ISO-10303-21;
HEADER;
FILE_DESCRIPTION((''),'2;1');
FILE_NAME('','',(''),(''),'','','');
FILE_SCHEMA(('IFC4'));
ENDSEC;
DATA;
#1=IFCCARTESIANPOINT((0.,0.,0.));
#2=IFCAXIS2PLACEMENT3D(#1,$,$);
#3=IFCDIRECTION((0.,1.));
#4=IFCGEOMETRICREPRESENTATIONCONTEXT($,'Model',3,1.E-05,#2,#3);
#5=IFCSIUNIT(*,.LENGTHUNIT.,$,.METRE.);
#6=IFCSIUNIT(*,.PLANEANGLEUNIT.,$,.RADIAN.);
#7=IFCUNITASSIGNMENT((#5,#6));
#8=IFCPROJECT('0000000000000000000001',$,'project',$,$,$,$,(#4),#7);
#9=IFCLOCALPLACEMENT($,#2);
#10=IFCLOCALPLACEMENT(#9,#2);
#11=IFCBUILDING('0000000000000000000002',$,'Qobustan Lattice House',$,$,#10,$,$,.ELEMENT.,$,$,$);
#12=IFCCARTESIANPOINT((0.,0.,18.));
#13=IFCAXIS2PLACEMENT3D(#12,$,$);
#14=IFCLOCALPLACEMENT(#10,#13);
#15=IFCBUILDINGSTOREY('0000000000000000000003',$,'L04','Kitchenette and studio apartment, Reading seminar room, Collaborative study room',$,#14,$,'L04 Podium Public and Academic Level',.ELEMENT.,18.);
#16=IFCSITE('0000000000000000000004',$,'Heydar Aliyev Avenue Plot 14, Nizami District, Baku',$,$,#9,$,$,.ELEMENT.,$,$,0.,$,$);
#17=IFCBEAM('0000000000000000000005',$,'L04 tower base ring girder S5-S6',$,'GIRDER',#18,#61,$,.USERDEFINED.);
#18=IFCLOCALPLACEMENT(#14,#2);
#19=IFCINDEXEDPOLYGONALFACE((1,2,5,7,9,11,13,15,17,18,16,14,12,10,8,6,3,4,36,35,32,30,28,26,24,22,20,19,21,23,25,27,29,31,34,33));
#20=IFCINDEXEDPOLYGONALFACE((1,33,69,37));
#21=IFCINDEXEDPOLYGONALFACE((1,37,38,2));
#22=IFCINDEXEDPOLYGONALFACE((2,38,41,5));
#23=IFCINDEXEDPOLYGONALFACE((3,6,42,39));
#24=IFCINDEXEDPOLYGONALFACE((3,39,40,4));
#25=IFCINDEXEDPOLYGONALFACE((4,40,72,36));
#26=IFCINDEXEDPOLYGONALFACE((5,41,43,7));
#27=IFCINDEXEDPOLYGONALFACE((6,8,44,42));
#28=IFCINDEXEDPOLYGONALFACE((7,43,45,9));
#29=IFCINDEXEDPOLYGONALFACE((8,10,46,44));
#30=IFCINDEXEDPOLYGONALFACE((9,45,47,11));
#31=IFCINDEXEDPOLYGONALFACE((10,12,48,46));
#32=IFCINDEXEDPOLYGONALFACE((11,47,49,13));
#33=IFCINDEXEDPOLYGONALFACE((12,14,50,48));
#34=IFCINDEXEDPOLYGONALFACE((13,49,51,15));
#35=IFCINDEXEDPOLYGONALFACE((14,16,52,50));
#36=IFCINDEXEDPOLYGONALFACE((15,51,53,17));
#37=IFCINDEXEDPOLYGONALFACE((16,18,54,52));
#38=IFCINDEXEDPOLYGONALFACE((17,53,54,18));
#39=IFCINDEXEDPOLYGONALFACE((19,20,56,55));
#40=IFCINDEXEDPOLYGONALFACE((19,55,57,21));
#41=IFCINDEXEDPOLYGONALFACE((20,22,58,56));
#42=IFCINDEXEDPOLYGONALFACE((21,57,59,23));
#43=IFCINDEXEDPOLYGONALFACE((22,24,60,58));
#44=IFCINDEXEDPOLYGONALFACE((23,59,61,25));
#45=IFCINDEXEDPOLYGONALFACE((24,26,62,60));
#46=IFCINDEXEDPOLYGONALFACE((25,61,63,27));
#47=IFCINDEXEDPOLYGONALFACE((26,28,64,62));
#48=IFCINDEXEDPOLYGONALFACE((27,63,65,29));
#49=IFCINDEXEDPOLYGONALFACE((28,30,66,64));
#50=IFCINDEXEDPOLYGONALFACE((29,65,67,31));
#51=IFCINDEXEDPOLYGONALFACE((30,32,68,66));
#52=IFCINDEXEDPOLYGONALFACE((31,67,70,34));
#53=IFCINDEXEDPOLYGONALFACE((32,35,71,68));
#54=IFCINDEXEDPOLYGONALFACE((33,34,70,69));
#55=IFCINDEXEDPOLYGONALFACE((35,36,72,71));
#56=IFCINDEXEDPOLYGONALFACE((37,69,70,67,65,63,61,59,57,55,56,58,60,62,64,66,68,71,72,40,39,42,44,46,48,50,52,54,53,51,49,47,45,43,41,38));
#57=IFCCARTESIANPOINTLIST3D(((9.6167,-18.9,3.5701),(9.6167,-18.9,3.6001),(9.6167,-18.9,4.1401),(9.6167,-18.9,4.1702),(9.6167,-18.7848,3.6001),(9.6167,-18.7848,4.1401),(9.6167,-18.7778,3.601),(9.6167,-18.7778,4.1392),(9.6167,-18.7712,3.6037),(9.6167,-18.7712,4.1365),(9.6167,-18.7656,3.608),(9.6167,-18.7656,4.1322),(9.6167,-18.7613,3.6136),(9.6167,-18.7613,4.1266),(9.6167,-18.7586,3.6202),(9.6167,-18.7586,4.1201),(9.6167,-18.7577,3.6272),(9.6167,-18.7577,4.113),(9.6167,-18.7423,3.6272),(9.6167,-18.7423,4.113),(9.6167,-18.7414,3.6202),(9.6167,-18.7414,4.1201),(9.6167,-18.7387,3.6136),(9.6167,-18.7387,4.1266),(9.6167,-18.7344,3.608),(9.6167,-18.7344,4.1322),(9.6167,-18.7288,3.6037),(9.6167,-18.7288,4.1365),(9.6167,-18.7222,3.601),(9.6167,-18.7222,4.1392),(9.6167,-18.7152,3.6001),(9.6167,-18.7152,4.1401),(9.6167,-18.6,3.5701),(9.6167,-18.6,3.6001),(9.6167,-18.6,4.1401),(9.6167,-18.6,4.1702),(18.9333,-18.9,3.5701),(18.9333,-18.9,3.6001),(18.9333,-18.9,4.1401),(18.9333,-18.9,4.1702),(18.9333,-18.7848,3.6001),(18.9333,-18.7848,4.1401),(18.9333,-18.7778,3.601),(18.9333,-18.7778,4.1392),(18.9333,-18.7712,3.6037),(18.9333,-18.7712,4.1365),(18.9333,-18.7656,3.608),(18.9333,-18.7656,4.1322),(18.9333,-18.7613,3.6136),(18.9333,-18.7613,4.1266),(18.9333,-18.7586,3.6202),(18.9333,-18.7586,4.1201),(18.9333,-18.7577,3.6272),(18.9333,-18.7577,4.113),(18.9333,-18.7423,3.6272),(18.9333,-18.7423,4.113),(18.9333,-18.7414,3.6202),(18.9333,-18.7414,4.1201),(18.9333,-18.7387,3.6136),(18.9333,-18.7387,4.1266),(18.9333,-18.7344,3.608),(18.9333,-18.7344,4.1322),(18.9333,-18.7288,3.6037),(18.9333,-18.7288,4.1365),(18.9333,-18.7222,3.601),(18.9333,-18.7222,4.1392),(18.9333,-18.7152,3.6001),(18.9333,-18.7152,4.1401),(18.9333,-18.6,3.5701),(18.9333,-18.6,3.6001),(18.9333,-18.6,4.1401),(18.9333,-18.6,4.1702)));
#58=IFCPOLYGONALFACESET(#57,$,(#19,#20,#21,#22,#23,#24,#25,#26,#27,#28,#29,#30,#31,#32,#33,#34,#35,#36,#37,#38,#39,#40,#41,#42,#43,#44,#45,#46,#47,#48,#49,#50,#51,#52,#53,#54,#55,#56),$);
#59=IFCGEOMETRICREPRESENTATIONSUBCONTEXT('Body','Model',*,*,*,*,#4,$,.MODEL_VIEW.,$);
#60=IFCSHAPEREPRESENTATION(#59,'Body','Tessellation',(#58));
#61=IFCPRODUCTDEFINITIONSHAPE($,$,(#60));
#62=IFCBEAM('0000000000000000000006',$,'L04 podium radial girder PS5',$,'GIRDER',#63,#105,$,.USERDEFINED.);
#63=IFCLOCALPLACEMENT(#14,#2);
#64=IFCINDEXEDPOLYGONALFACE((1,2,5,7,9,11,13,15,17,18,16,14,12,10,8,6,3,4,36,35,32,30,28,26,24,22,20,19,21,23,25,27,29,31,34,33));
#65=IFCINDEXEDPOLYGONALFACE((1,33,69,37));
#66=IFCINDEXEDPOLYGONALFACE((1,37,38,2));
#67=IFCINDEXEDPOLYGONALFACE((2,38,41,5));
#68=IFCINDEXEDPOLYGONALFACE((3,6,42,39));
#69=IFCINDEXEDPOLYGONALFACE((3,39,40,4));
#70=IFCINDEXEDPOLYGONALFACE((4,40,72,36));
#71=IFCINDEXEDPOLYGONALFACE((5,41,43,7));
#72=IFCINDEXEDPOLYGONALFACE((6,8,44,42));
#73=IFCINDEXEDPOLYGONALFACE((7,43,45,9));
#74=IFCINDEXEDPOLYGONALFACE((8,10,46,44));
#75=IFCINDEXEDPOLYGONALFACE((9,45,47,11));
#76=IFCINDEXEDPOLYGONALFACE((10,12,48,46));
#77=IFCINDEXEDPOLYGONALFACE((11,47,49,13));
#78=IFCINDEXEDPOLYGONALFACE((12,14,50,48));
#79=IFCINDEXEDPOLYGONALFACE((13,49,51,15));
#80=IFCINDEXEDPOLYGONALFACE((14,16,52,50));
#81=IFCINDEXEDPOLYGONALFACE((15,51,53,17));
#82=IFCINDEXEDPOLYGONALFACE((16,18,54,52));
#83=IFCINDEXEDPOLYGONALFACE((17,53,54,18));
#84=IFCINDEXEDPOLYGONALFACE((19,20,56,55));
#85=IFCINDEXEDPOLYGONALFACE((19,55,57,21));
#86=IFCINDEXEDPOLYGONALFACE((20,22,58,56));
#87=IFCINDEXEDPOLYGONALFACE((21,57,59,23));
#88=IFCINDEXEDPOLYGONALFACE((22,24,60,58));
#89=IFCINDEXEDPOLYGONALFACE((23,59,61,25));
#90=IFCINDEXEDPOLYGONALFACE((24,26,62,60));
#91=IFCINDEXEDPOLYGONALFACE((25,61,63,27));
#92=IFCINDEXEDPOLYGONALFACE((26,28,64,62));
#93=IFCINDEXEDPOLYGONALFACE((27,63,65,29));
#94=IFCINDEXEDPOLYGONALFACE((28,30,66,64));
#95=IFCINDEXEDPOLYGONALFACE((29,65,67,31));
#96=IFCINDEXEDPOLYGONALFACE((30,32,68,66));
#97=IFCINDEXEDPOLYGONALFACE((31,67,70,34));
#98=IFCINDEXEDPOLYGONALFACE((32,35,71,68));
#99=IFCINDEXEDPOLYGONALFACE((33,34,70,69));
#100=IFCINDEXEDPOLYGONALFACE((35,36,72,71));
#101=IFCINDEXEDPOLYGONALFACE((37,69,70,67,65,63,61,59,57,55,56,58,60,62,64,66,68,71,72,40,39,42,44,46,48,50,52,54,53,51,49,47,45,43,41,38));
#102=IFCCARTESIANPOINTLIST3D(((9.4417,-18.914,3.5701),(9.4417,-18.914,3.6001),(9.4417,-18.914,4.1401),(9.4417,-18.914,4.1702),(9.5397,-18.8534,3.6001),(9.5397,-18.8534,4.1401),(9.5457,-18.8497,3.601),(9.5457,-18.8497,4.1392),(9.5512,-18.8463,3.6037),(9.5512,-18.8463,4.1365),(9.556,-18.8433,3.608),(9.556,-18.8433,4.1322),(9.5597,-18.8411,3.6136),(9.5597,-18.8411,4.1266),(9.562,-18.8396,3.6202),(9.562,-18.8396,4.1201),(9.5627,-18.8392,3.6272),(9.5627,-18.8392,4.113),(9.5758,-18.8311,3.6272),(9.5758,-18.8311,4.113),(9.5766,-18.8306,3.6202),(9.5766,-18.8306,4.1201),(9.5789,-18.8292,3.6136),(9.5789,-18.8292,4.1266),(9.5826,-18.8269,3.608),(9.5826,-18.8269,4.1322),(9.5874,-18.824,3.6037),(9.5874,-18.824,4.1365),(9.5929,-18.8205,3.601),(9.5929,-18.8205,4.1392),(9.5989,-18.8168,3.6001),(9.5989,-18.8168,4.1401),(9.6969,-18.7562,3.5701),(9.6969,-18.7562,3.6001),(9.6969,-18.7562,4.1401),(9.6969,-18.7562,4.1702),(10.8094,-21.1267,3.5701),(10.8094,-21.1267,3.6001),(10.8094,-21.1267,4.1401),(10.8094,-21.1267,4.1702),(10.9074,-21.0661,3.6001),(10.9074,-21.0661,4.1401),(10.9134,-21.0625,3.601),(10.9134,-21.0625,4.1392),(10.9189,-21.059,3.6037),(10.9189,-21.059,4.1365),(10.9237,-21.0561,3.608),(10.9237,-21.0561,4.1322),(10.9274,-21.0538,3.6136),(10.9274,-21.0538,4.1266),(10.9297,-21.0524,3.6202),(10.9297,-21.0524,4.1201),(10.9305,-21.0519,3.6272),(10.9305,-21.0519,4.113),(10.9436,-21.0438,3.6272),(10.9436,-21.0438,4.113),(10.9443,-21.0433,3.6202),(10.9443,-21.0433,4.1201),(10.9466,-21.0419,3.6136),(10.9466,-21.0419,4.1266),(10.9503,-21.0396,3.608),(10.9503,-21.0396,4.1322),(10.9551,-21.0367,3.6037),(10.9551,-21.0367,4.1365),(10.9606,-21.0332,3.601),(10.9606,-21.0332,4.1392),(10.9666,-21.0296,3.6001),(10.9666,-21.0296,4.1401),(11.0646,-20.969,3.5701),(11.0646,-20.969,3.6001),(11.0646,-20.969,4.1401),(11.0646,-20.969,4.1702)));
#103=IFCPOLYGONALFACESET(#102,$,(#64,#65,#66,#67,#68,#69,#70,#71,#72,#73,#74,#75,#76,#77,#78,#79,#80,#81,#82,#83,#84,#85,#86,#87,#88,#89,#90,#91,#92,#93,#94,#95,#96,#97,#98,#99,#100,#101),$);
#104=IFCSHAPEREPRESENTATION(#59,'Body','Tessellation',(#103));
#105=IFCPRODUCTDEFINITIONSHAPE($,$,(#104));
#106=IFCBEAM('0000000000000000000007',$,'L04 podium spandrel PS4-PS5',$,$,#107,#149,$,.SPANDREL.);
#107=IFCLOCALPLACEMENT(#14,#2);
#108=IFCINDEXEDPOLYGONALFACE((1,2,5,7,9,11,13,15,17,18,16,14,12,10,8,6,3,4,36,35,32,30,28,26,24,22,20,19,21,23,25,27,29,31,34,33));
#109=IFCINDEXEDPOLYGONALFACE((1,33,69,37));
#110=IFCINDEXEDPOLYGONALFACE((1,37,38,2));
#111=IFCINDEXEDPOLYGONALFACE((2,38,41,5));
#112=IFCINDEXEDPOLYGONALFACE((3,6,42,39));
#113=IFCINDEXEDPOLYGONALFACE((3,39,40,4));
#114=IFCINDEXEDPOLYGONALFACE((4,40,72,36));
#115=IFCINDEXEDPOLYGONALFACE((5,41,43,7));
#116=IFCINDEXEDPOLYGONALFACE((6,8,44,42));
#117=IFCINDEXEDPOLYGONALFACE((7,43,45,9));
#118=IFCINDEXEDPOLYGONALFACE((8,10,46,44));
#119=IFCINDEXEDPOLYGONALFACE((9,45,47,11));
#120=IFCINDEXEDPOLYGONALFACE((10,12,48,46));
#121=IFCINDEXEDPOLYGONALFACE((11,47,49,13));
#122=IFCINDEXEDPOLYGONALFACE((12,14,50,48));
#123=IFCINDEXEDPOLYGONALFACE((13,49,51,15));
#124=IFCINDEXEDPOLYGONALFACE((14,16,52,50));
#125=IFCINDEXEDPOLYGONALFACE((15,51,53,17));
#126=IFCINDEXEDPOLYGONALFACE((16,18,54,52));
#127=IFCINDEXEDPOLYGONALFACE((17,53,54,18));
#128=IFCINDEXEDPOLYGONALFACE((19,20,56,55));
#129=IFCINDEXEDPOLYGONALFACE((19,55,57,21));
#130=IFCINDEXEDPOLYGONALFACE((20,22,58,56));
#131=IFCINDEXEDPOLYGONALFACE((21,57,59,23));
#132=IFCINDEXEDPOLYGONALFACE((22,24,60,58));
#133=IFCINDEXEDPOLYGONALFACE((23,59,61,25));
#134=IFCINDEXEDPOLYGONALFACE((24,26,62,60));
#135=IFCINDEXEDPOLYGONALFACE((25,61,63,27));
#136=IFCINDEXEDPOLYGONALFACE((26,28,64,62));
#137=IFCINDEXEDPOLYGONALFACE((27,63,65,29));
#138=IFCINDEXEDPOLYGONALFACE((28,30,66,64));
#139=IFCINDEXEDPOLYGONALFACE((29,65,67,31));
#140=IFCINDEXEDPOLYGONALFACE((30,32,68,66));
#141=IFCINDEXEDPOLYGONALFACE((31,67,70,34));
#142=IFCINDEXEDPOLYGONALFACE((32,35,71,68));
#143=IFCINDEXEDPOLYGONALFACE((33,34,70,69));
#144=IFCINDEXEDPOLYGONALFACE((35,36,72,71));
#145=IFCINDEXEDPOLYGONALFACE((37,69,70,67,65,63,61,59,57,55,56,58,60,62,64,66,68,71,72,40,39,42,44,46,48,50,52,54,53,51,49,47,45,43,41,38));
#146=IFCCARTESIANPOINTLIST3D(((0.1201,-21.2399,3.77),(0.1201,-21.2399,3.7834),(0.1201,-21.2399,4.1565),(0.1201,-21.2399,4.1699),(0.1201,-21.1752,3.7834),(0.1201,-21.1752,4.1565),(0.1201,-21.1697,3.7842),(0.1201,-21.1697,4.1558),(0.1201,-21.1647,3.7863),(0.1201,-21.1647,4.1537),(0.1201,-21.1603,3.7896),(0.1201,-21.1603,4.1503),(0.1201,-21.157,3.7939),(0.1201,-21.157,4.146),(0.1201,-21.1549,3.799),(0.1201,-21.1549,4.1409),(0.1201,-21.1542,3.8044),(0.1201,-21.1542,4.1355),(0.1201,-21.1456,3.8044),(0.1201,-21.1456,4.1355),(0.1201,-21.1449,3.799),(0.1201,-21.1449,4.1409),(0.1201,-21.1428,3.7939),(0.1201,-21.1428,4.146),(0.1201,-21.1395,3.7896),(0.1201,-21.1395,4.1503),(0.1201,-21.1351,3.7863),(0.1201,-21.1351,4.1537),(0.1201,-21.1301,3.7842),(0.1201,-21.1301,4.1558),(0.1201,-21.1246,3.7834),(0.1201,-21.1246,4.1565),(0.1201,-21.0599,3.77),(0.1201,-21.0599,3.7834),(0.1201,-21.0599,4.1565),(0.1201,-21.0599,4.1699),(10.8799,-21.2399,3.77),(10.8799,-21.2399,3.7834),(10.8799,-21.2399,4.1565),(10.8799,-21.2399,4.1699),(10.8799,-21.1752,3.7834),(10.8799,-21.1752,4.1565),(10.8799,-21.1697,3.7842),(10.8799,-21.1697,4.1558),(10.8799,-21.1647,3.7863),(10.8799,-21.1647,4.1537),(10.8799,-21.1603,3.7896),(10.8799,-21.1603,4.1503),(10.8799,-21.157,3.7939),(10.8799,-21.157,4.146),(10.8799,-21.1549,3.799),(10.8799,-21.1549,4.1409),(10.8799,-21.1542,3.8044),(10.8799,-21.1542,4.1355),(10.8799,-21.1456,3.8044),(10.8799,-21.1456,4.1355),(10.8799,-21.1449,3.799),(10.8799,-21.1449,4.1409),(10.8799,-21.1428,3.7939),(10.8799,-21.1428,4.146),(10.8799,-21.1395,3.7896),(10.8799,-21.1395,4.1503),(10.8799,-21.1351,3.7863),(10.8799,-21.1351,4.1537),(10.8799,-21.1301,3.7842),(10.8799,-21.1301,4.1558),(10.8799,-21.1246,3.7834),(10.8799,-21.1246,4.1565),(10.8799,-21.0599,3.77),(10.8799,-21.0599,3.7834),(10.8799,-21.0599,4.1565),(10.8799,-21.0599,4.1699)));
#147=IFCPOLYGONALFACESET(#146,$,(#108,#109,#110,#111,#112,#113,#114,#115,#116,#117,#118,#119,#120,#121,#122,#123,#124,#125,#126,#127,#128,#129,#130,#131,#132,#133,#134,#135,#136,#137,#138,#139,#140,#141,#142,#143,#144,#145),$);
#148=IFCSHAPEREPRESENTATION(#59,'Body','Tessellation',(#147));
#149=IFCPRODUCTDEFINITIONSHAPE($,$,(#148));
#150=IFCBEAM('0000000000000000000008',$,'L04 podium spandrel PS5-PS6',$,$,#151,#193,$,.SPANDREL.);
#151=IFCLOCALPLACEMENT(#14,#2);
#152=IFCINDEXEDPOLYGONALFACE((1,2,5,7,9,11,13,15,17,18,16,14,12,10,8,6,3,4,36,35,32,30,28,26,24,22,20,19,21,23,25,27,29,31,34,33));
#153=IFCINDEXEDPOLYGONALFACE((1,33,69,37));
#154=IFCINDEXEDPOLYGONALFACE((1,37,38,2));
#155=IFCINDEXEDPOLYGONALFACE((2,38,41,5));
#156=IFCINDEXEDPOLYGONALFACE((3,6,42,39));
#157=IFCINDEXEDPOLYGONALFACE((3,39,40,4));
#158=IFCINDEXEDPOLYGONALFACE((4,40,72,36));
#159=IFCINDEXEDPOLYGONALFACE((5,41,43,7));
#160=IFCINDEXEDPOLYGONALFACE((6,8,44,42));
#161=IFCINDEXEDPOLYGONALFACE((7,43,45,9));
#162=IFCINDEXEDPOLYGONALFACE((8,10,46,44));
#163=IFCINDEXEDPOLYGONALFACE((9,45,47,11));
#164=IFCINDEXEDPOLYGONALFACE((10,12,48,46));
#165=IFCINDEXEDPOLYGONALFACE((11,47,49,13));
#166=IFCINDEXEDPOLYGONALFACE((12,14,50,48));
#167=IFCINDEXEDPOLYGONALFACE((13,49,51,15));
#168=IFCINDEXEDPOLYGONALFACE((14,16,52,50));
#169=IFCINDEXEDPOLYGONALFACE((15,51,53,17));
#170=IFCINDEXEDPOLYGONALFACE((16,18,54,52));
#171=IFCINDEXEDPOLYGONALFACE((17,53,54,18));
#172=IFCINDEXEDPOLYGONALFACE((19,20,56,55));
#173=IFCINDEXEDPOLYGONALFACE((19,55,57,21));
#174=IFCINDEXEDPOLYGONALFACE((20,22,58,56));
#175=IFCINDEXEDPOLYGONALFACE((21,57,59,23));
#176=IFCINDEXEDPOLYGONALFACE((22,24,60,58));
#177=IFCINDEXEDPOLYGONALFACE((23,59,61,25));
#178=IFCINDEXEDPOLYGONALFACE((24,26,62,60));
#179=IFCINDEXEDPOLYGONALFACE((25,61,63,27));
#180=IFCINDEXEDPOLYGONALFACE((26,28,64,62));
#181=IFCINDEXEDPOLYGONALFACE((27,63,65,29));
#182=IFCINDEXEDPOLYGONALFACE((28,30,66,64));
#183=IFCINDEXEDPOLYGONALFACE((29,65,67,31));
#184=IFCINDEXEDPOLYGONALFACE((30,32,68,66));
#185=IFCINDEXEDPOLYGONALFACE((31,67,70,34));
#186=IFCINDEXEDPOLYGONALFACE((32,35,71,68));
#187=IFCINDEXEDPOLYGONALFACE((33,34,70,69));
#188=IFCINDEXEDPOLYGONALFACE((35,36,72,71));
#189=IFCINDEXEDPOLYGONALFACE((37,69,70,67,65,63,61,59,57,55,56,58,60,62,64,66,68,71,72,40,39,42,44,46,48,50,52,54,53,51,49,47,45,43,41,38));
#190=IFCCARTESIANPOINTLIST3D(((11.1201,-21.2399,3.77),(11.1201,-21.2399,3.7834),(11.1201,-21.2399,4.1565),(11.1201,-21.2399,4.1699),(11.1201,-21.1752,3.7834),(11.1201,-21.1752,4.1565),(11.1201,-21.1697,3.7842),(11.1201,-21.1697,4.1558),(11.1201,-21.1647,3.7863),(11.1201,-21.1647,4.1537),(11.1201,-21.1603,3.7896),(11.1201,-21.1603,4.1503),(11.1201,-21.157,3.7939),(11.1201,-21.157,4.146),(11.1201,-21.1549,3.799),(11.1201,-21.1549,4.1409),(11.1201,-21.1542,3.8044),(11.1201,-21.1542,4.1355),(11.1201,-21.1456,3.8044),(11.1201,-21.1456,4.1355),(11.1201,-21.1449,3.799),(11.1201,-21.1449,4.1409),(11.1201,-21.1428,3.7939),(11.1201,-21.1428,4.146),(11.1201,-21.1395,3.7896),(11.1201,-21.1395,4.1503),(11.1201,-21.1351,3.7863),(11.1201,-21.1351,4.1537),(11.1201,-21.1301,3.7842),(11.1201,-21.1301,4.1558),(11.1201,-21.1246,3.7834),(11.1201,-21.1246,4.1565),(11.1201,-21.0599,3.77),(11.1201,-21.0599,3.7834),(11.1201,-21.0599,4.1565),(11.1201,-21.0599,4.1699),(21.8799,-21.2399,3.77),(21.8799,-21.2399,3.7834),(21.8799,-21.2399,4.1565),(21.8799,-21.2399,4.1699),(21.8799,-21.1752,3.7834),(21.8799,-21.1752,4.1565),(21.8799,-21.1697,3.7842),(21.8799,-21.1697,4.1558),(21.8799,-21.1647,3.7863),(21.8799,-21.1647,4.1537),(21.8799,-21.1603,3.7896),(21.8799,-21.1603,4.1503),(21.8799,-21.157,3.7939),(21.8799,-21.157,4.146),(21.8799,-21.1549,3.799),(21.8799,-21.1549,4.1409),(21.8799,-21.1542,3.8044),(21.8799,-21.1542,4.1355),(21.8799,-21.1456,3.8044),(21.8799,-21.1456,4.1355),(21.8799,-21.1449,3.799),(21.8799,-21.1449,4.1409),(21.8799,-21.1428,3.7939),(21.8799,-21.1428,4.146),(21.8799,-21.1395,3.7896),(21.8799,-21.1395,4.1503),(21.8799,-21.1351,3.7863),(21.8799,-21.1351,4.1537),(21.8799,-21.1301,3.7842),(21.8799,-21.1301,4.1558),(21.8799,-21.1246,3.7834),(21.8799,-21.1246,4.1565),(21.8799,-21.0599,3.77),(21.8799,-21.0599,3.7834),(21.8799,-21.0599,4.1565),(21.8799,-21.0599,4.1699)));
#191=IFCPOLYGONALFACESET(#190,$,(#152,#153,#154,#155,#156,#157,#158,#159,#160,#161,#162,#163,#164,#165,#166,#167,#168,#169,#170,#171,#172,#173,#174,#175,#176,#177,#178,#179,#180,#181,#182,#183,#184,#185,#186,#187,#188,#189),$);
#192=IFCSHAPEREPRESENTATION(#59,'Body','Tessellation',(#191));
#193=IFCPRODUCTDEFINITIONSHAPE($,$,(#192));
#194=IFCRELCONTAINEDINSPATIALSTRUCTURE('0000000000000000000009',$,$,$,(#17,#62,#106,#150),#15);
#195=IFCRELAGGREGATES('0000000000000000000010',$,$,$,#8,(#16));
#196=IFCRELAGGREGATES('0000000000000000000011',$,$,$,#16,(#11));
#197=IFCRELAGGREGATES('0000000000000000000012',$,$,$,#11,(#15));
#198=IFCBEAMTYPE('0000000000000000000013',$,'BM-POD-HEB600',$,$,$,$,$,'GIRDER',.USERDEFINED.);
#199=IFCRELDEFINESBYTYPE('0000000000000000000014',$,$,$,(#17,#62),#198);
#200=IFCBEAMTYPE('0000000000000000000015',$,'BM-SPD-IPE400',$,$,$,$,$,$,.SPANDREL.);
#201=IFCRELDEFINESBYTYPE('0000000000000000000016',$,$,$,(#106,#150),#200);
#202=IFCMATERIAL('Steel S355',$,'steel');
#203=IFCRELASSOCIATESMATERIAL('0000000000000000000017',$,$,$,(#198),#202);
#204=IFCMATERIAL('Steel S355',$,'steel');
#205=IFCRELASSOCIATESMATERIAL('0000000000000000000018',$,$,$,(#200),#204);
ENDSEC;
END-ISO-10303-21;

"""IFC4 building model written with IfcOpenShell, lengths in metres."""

from ifc_helpers import new_model, si_unit, direction, frame, origin, origin_2d, place, context, subcontext, project, spatial, i_section, extrude, material, material_profile, profile_set, type_object, element, save


model = new_model("IFC4")

# Units and contexts
model_context = context("Model", 3, precision=1e-05, world=origin(), true_north=direction((0.0, 1.0)))
body_context = subcontext(model_context, "Body", "Model", "MODEL_VIEW")
ifc_project = project(units=[si_unit("LENGTHUNIT", "METRE"), si_unit("PLANEANGLEUNIT", "RADIAN")], contexts=[model_context])

# Site, building, storey
site_placement = place(None, origin())
site = spatial("IfcSite", under=ifc_project, at=site_placement, Name="Heydar Aliyev Avenue Plot 14, Nizami District, Baku", CompositionType="ELEMENT", RefElevation=0.0)
building_placement = place(site_placement, origin())
building = spatial("IfcBuilding", under=site, at=building_placement, Name="Qobustan Lattice House", CompositionType="ELEMENT")
storey_placement = place(building_placement, frame((0.0, 0.0, 18.0)))
storey = spatial("IfcBuildingStorey", under=building, at=storey_placement, Name="L04", Description="Kitchenette and studio apartment, Reading seminar room, Collaborative study room", LongName="L04 Podium Public and Academic Level", CompositionType="ELEMENT", Elevation=18.0)

# Beams
ifc_material_1 = material(Name="Steel S355", Category="steel")
ifc_material_profile_1 = material_profile(ifc_material_1, i_section(OverallWidth=0.3, OverallDepth=0.6001, WebThickness=0.0154, FlangeThickness=0.03, FilletRadius=0.0271, at=origin_2d()), Name="HEB600")
ifc_profile_set_1 = profile_set([ifc_material_profile_1], Name="Steel S355")
beam_type_1 = type_object("IfcBeamType", Name="BM-POD-HEB600", ElementType="GIRDER", PredefinedType="USERDEFINED", material=ifc_profile_set_1)
for number, where, z_axis, x_axis, name in (
    (1, (9.6167, -18.75, 3.8701), (1.0, 0.0, 0.0), (0.0, 1.0, 0.0), "L04 tower base ring girder S5-S6"),
):
    element("IfcBeam", number, at=place(storey_placement, frame(where, z_axis=z_axis, x_axis=x_axis)), inside=storey, type_object=beam_type_1, Name=name, ObjectType="GIRDER", PredefinedType="USERDEFINED", context=body_context, shape_type="SweptSolid", body=[
        extrude(i_section(OverallWidth=0.3, OverallDepth=0.6001, WebThickness=0.0154, FlangeThickness=0.03, FilletRadius=0.0271, at=origin_2d()), origin(), (0.0, 0.0, 1.0), 9.3167),
    ])
beam_1_placement = place(storey_placement, frame((10.937, -21.0479, 3.8701), z_axis=(-0.525783, 0.850619, 0.0), x_axis=(-0.850619, -0.525783, 0.0)))
element("IfcBeam", 2, at=beam_1_placement, inside=storey, type_object=beam_type_1, Name="L04 podium radial girder PS5", ObjectType="GIRDER", PredefinedType="USERDEFINED", context=body_context, shape_type="SweptSolid", body=[
    extrude(i_section(OverallWidth=0.3, OverallDepth=0.6001, WebThickness=0.0154, FlangeThickness=0.03, FilletRadius=0.0271, at=origin_2d()), origin(), (0.0, 0.0, 1.0), 2.6013),
])
ifc_material_2 = material(Name="Steel S355", Category="steel")
ifc_material_profile_2 = material_profile(ifc_material_2, i_section(OverallWidth=0.1799, OverallDepth=0.3999, WebThickness=0.0085, FlangeThickness=0.0134, FilletRadius=0.021, at=origin_2d()), Name="IPE400")
ifc_profile_set_2 = profile_set([ifc_material_profile_2], Name="Steel S355")
beam_type_2 = type_object("IfcBeamType", Name="BM-SPD-IPE400", PredefinedType="SPANDREL", material=ifc_profile_set_2)
for number, where, z_axis, x_axis, name in (
    (3, (0.1201, -21.1499, 3.97), (1.0, 0.0, 0.0), (0.0, 1.0, 0.0), "L04 podium spandrel PS4-PS5"),
    (4, (11.1201, -21.1499, 3.97), (1.0, 0.0, 0.0), (0.0, 1.0, 0.0), "L04 podium spandrel PS5-PS6"),
):
    element("IfcBeam", number, at=place(storey_placement, frame(where, z_axis=z_axis, x_axis=x_axis)), inside=storey, type_object=beam_type_2, Name=name, PredefinedType="SPANDREL", context=body_context, shape_type="SweptSolid", body=[
        extrude(i_section(OverallWidth=0.1799, OverallDepth=0.3999, WebThickness=0.0085, FlangeThickness=0.0134, FilletRadius=0.021, at=origin_2d()), origin(), (0.0, 0.0, 1.0), 10.7598),
    ])

save(model, "model.ifc")
